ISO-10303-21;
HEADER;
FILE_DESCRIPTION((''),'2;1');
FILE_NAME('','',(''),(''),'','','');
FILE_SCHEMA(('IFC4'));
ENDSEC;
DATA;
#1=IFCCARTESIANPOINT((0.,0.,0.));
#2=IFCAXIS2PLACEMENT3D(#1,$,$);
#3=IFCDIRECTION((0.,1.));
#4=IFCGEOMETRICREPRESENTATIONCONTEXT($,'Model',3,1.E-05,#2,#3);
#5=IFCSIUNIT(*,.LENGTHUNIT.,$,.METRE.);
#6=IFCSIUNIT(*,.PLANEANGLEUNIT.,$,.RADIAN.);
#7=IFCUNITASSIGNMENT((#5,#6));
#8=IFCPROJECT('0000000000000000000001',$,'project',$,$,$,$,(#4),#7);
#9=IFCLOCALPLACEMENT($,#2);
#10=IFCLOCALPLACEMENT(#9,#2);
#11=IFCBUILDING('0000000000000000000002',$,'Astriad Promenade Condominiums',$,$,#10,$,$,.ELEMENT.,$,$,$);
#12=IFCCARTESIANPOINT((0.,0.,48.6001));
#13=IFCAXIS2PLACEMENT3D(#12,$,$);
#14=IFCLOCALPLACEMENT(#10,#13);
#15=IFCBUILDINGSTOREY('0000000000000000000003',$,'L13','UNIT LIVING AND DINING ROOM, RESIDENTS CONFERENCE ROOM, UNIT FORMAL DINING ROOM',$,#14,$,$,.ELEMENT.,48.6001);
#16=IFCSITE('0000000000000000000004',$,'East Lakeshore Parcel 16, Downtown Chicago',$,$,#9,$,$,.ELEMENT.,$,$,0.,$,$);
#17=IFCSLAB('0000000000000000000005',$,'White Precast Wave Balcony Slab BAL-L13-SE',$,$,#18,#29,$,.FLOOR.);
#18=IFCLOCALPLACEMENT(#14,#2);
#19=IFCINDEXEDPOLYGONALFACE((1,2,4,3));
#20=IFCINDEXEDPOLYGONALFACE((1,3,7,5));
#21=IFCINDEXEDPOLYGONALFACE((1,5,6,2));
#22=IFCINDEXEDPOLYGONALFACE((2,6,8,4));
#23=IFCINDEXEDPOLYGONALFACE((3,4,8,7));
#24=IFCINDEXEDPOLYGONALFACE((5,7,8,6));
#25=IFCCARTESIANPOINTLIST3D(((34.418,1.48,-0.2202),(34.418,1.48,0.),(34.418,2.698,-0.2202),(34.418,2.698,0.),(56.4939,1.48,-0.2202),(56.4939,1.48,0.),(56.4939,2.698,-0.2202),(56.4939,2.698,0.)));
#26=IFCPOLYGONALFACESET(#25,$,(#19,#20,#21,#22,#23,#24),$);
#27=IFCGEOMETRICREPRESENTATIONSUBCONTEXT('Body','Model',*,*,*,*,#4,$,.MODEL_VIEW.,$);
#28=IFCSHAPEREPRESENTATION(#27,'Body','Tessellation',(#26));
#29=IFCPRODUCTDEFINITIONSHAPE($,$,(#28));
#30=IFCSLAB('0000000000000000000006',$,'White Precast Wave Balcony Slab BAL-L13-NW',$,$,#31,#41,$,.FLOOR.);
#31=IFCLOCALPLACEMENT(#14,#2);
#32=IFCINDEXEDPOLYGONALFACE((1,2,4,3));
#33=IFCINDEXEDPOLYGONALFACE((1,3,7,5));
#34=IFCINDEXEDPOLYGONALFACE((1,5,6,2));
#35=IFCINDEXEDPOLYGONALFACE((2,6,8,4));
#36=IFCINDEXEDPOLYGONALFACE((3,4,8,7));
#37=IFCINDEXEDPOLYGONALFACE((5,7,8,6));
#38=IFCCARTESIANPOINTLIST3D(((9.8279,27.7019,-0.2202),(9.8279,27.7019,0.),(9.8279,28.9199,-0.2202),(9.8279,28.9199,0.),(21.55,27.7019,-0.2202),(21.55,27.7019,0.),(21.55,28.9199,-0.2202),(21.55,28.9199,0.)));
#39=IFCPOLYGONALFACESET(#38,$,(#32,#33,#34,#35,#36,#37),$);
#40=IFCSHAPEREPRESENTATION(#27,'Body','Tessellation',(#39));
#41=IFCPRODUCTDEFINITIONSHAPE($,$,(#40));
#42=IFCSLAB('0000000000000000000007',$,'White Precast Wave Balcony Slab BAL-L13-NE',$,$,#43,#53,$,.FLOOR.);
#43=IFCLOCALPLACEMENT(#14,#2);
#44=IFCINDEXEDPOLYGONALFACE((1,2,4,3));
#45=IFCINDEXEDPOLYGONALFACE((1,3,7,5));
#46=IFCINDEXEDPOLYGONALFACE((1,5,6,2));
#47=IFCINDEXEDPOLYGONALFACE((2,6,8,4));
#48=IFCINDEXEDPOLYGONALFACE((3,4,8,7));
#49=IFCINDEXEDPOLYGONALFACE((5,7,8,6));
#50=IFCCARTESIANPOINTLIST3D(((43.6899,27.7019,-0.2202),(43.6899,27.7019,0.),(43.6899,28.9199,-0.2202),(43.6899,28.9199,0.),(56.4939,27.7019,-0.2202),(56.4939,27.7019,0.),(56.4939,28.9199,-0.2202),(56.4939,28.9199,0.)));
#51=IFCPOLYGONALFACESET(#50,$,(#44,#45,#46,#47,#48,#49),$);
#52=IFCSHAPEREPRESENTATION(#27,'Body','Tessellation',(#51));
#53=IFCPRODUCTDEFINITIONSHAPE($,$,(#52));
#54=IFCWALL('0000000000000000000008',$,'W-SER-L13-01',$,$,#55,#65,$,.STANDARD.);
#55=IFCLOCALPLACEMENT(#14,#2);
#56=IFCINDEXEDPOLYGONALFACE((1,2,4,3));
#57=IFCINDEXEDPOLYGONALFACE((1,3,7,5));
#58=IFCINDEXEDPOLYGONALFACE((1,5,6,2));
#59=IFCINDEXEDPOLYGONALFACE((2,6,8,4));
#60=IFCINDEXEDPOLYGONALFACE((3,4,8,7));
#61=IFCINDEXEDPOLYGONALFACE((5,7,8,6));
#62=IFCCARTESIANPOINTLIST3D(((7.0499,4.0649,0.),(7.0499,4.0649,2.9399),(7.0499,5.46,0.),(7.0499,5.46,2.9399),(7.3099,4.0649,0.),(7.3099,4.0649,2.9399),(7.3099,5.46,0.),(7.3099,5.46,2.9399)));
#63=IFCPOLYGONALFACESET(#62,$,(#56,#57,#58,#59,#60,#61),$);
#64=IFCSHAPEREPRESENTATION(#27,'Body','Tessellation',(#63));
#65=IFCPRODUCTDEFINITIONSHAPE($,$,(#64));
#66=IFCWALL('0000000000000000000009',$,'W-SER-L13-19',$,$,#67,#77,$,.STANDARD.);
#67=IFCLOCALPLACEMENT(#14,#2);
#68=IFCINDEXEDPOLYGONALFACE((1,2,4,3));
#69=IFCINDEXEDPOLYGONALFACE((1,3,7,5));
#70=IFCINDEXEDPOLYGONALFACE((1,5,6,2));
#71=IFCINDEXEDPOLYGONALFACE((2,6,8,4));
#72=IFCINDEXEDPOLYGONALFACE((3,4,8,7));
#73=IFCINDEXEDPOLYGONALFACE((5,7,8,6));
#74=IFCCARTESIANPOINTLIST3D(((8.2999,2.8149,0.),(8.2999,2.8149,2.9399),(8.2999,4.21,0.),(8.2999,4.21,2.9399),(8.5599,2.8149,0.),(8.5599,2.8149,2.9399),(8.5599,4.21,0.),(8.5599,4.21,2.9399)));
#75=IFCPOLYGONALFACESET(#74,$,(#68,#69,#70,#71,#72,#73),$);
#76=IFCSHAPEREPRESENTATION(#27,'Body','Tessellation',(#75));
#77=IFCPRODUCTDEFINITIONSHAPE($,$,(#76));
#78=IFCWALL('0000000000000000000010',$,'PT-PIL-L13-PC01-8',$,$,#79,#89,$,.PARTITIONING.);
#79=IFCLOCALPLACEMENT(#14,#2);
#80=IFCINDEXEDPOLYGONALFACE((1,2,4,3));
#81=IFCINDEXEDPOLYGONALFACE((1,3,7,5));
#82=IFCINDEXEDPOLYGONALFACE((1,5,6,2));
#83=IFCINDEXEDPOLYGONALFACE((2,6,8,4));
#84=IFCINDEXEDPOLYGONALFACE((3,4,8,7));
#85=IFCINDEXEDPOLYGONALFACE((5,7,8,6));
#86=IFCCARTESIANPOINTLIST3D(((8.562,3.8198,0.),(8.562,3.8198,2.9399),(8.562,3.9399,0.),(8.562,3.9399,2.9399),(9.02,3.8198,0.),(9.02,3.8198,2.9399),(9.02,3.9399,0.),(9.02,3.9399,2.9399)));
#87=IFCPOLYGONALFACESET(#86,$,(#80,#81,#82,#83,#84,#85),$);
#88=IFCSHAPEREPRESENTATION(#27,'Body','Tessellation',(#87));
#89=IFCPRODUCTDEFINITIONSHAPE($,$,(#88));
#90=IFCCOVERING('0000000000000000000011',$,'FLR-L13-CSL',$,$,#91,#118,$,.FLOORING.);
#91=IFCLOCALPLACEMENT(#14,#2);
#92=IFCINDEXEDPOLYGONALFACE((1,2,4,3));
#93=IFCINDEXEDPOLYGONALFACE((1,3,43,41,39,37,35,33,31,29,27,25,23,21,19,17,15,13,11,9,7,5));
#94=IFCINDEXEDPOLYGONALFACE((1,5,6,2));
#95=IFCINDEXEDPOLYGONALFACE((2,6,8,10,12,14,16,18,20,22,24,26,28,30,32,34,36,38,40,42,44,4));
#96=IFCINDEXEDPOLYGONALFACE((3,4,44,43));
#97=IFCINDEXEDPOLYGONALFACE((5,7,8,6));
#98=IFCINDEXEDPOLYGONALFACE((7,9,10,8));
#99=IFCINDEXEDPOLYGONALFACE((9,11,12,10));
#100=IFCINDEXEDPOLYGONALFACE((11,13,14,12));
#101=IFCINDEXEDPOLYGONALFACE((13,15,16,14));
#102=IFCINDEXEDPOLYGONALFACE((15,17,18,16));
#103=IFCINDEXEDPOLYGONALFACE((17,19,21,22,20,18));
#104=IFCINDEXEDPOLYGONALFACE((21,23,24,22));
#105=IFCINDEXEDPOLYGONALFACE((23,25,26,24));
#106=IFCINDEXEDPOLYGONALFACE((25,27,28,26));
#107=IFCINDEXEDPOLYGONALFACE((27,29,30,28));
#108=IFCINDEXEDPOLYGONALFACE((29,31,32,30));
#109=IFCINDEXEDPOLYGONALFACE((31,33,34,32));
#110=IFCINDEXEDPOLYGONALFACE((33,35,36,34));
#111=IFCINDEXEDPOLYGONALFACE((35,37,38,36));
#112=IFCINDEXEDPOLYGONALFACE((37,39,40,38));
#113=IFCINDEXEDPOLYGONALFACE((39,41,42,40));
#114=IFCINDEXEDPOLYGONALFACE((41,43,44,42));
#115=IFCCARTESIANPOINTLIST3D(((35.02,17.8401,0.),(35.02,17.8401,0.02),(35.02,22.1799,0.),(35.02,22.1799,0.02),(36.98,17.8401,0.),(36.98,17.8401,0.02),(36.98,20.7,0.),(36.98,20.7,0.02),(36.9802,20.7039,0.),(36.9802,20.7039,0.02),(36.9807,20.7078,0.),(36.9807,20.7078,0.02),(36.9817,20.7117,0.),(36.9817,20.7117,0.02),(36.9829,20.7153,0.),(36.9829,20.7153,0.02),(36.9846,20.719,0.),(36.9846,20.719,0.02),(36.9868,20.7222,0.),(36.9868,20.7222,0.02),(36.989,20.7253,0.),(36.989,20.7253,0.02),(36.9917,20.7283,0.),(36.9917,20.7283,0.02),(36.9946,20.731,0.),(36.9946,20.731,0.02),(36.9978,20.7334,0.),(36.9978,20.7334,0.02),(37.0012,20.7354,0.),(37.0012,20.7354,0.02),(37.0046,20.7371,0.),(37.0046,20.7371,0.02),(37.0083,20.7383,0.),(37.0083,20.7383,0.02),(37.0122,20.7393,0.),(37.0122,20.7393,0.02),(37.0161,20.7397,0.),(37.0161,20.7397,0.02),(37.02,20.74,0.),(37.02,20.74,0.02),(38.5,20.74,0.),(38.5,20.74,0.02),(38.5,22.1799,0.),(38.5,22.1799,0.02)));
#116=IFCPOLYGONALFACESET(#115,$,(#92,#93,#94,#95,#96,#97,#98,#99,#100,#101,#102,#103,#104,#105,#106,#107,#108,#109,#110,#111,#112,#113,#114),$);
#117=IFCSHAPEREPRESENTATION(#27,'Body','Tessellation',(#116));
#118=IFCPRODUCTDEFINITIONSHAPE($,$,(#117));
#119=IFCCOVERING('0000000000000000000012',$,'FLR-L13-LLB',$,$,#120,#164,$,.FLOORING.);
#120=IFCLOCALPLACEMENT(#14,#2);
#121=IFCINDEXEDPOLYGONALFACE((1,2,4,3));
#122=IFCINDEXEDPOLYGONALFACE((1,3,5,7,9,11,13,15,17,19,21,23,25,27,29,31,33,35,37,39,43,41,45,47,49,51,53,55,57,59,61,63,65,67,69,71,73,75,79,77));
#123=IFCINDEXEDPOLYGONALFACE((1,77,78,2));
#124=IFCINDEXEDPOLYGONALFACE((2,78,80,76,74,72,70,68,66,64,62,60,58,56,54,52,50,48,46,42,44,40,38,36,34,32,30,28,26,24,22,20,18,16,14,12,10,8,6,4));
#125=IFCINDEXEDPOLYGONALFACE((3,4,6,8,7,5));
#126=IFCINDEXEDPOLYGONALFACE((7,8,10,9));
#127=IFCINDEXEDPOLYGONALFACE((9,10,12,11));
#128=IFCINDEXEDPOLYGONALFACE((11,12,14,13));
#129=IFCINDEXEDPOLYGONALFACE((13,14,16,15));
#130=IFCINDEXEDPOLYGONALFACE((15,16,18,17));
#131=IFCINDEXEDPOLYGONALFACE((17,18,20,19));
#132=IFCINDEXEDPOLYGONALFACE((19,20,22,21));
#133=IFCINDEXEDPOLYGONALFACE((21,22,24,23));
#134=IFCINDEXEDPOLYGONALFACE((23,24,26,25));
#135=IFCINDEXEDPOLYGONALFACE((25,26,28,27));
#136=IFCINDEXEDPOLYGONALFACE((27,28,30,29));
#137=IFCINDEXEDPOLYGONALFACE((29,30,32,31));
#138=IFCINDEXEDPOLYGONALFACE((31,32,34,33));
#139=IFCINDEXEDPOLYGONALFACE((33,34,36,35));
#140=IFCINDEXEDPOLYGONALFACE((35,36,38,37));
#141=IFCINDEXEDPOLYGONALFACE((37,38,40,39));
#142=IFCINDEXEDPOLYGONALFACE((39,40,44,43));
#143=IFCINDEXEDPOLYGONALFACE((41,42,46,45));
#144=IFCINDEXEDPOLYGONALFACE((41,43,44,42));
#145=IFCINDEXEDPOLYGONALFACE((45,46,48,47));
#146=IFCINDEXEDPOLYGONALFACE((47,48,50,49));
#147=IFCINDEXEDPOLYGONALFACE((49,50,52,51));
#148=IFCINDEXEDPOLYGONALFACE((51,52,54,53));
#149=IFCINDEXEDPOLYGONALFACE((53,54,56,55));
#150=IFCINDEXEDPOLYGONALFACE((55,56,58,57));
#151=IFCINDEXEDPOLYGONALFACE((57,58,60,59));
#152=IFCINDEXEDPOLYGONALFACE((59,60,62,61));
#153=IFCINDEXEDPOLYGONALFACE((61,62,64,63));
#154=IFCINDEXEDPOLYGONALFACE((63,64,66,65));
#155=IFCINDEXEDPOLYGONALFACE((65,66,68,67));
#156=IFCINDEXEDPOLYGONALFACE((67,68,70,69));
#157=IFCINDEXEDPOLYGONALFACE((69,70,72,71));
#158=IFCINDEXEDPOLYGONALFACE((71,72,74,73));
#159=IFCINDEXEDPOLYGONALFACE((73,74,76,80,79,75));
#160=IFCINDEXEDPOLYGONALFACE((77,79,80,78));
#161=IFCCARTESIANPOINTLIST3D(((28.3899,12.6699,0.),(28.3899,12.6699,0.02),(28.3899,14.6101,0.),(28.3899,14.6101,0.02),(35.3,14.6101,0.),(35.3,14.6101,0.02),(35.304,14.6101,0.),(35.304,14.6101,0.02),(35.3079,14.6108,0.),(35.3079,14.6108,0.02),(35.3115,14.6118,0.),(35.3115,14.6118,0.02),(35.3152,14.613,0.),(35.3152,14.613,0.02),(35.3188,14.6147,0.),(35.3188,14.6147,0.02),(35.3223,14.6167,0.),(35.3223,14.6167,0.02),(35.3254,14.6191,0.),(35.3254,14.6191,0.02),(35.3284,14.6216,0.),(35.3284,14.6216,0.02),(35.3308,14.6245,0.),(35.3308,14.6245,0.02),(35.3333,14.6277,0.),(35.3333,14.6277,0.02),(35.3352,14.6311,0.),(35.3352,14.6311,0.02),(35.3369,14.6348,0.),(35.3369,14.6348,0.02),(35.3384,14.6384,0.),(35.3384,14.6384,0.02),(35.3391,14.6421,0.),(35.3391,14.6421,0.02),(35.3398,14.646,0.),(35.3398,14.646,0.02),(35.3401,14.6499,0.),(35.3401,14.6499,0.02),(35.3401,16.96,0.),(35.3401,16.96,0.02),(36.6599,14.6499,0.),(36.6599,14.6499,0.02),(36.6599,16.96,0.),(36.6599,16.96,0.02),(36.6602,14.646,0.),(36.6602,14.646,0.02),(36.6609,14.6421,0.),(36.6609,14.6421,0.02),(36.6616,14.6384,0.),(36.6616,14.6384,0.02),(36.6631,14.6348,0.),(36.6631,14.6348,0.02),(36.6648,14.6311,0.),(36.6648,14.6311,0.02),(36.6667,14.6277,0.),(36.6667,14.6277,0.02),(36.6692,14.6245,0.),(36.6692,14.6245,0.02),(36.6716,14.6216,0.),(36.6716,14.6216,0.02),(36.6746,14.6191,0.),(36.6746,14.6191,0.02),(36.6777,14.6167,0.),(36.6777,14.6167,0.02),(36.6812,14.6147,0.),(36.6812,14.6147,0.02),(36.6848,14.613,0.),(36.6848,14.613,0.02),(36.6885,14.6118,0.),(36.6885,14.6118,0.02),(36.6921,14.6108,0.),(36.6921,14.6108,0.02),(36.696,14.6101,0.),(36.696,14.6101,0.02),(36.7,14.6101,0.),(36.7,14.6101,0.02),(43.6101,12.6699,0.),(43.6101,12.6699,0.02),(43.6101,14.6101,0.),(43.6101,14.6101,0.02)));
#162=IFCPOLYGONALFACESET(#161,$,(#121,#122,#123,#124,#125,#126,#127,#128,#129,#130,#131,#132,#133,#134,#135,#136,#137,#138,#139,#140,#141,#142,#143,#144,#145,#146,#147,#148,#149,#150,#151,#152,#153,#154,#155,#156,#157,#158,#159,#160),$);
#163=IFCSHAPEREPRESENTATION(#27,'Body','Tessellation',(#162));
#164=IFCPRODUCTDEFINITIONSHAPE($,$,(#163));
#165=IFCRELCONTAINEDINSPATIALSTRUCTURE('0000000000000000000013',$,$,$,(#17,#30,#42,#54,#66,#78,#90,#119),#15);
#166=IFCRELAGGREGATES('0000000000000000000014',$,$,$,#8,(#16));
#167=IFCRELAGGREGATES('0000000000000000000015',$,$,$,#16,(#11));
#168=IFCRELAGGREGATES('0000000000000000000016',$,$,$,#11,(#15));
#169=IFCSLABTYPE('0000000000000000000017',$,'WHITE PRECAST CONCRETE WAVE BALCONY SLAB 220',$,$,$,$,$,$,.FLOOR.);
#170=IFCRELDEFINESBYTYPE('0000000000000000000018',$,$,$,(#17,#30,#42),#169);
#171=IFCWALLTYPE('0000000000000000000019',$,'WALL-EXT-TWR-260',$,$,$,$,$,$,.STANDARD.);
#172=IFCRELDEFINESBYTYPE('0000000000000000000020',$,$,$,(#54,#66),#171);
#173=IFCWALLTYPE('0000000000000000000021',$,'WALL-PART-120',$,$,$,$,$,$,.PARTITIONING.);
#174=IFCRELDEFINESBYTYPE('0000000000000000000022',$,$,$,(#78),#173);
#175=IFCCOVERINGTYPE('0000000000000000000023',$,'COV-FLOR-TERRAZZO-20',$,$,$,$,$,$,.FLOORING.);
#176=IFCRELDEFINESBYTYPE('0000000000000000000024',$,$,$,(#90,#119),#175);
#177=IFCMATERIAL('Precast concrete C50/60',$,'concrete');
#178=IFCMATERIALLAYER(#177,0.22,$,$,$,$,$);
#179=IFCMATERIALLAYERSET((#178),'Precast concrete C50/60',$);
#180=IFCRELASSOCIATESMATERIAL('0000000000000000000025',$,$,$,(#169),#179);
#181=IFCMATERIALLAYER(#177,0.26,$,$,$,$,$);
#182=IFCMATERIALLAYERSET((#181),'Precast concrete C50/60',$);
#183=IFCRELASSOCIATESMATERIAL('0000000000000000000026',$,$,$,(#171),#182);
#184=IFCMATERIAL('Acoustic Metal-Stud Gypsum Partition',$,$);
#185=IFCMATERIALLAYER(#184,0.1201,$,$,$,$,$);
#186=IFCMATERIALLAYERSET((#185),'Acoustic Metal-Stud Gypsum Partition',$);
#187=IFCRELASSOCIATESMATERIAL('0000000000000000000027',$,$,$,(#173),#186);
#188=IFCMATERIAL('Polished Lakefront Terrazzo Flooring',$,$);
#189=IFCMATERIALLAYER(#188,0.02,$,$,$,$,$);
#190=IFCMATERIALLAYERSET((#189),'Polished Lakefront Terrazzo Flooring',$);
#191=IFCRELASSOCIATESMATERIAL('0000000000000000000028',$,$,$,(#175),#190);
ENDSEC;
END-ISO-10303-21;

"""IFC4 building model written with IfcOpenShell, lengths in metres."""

from ifc_helpers import new_model, si_unit, direction, frame, frame_2d, origin, place, context, subcontext, project, spatial, polyline, rectangle, outline, extrude, material, layer, layer_set, type_object, element, save


model = new_model("IFC4")

# Units and contexts
model_context = context("Model", 3, precision=1e-05, world=origin(), true_north=direction((0.0, 1.0)))
body_context = subcontext(model_context, "Body", "Model", "MODEL_VIEW")
ifc_project = project(units=[si_unit("LENGTHUNIT", "METRE"), si_unit("PLANEANGLEUNIT", "RADIAN")], contexts=[model_context])

# Site, building, storey
site_placement = place(None, origin())
site = spatial("IfcSite", under=ifc_project, at=site_placement, Name="East Lakeshore Parcel 16, Downtown Chicago", CompositionType="ELEMENT", RefElevation=0.0)
building_placement = place(site_placement, origin())
building = spatial("IfcBuilding", under=site, at=building_placement, Name="Astriad Promenade Condominiums", CompositionType="ELEMENT")
storey_placement = place(building_placement, frame((0.0, 0.0, 48.6001)))
storey = spatial("IfcBuildingStorey", under=building, at=storey_placement, Name="L13", Description="UNIT LIVING AND DINING ROOM, RESIDENTS CONFERENCE ROOM, UNIT FORMAL DINING ROOM", CompositionType="ELEMENT", Elevation=48.6001)

# Slabs
ifc_material_1 = material(Name="Precast concrete C50/60", Category="concrete")
ifc_layer_1 = layer(ifc_material_1, 0.22)
ifc_layer_set_1 = layer_set([ifc_layer_1], Name="Precast concrete C50/60")
slab_type_1 = type_object("IfcSlabType", Name="WHITE PRECAST CONCRETE WAVE BALCONY SLAB 220", PredefinedType="FLOOR", material=ifc_layer_set_1)
slab_1_placement = place(storey_placement, frame((0.0, 0.0, -0.2202)))
element("IfcSlab", 1, at=slab_1_placement, inside=storey, type_object=slab_type_1, Name="White Precast Wave Balcony Slab BAL-L13-SE", PredefinedType="FLOOR", context=body_context, shape_type="SweptSolid", body=[
    extrude(outline(polyline([(56.4939, 1.48), (34.418, 1.48), (34.418, 2.698), (56.4939, 2.698), (56.4939, 1.48)])), origin(), (0.0, 0.0, 1.0), 0.2202),
])
slab_2_placement = place(storey_placement, frame((0.0, 0.0, -0.2202)))
element("IfcSlab", 2, at=slab_2_placement, inside=storey, type_object=slab_type_1, Name="White Precast Wave Balcony Slab BAL-L13-NW", PredefinedType="FLOOR", context=body_context, shape_type="SweptSolid", body=[
    extrude(outline(polyline([(9.8279, 28.9199), (21.55, 28.9199), (21.55, 27.7019), (9.8279, 27.7019), (9.8279, 28.9199)])), origin(), (0.0, 0.0, 1.0), 0.2202),
])
slab_3_placement = place(storey_placement, frame((0.0, 0.0, -0.2202)))
element("IfcSlab", 3, at=slab_3_placement, inside=storey, type_object=slab_type_1, Name="White Precast Wave Balcony Slab BAL-L13-NE", PredefinedType="FLOOR", context=body_context, shape_type="SweptSolid", body=[
    extrude(outline(polyline([(43.6899, 28.9199), (56.4939, 28.9199), (56.4939, 27.7019), (43.6899, 27.7019), (43.6899, 28.9199)])), origin(), (0.0, 0.0, 1.0), 0.2202),
])

# Walls
ifc_layer_2 = layer(ifc_material_1, 0.26)
ifc_layer_set_2 = layer_set([ifc_layer_2], Name="Precast concrete C50/60")
wall_type_1 = type_object("IfcWallType", Name="WALL-EXT-TWR-260", PredefinedType="STANDARD", material=ifc_layer_set_2)
for number, where, z_axis, x_axis, name in (
    (4, (7.1799, 4.0649, 0.0), (0.0, 0.0, 1.0), (0.0, 1.0, 0.0), "W-SER-L13-01"),
    (5, (8.4299, 2.8149, 0.0), (0.0, 0.0, 1.0), (0.0, 1.0, 0.0), "W-SER-L13-19"),
):
    element("IfcWall", number, at=place(storey_placement, frame(where, z_axis=z_axis, x_axis=x_axis)), inside=storey, type_object=wall_type_1, Name=name, PredefinedType="STANDARD", context=body_context, shape_type="SweptSolid", body=[
        extrude(rectangle(XDim=1.395, YDim=0.26, at=frame_2d((0.6975, 0.0))), origin(), (0.0, 0.0, 1.0), 2.9399),
    ])
ifc_material_2 = material(Name="Acoustic Metal-Stud Gypsum Partition")
ifc_layer_3 = layer(ifc_material_2, 0.1201)
ifc_layer_set_3 = layer_set([ifc_layer_3], Name="Acoustic Metal-Stud Gypsum Partition")
wall_type_2 = type_object("IfcWallType", Name="WALL-PART-120", PredefinedType="PARTITIONING", material=ifc_layer_set_3)
wall_placement = place(storey_placement, frame((9.02, 3.8799, 0.0), z_axis=(0.0, 0.0, 1.0), x_axis=(-1.0, 0.0, 0.0)))
element("IfcWall", 6, at=wall_placement, inside=storey, type_object=wall_type_2, Name="PT-PIL-L13-PC01-8", PredefinedType="PARTITIONING", context=body_context, shape_type="SweptSolid", body=[
    extrude(rectangle(XDim=0.458, YDim=0.1201, at=frame_2d((0.229, 0.0))), origin(), (0.0, 0.0, 1.0), 2.9399),
])

# Coverings
ifc_material_3 = material(Name="Polished Lakefront Terrazzo Flooring")
ifc_layer_4 = layer(ifc_material_3, 0.02)
ifc_layer_set_4 = layer_set([ifc_layer_4], Name="Polished Lakefront Terrazzo Flooring")
covering_type = type_object("IfcCoveringType", Name="COV-FLOR-TERRAZZO-20", PredefinedType="FLOORING", material=ifc_layer_set_4)
covering_1_placement = place(storey_placement, origin())
element("IfcCovering", 7, at=covering_1_placement, inside=storey, type_object=covering_type, Name="FLR-L13-CSL", PredefinedType="FLOORING", context=body_context, shape_type="SweptSolid", body=[
    extrude(outline(polyline([(36.98, 20.7), (36.98, 17.8401), (35.02, 17.8401), (35.02, 22.1799), (38.5, 22.1799), (38.5, 20.74), (37.02, 20.74), (37.0161, 20.7397), (37.0122, 20.7393), (37.0083, 20.7383), (37.0046, 20.7371), (37.0012, 20.7354), (36.9978, 20.7334), (36.9946, 20.731), (36.9917, 20.7283), (36.989, 20.7253), (36.9868, 20.7222), (36.9846, 20.719), (36.9829, 20.7153), (36.9817, 20.7117), (36.9807, 20.7078), (36.9802, 20.7039), (36.98, 20.7)])), origin(), (0.0, 0.0, 1.0), 0.02),
])
covering_2_placement = place(storey_placement, origin())
element("IfcCovering", 8, at=covering_2_placement, inside=storey, type_object=covering_type, Name="FLR-L13-LLB", PredefinedType="FLOORING", context=body_context, shape_type="SweptSolid", body=[
    extrude(outline(polyline([(43.6101, 14.6101), (43.6101, 12.6699), (28.3899, 12.6699), (28.3899, 14.6101), (35.3, 14.6101), (35.304, 14.6101), (35.3079, 14.6108), (35.3115, 14.6118), (35.3152, 14.613), (35.3188, 14.6147), (35.3223, 14.6167), (35.3254, 14.6191), (35.3284, 14.6216), (35.3308, 14.6245), (35.3333, 14.6277), (35.3352, 14.6311), (35.3369, 14.6348), (35.3384, 14.6384), (35.3391, 14.6421), (35.3398, 14.646), (35.3401, 14.6499), (35.3401, 16.96), (36.6599, 16.96), (36.6599, 14.6499), (36.6602, 14.646), (36.6609, 14.6421), (36.6616, 14.6384), (36.6631, 14.6348), (36.6648, 14.6311), (36.6667, 14.6277), (36.6692, 14.6245), (36.6716, 14.6216), (36.6746, 14.6191), (36.6777, 14.6167), (36.6812, 14.6147), (36.6848, 14.613), (36.6885, 14.6118), (36.6921, 14.6108), (36.696, 14.6101), (36.7, 14.6101), (43.6101, 14.6101)])), origin(), (0.0, 0.0, 1.0), 0.02),
])

save(model, "model.ifc")
